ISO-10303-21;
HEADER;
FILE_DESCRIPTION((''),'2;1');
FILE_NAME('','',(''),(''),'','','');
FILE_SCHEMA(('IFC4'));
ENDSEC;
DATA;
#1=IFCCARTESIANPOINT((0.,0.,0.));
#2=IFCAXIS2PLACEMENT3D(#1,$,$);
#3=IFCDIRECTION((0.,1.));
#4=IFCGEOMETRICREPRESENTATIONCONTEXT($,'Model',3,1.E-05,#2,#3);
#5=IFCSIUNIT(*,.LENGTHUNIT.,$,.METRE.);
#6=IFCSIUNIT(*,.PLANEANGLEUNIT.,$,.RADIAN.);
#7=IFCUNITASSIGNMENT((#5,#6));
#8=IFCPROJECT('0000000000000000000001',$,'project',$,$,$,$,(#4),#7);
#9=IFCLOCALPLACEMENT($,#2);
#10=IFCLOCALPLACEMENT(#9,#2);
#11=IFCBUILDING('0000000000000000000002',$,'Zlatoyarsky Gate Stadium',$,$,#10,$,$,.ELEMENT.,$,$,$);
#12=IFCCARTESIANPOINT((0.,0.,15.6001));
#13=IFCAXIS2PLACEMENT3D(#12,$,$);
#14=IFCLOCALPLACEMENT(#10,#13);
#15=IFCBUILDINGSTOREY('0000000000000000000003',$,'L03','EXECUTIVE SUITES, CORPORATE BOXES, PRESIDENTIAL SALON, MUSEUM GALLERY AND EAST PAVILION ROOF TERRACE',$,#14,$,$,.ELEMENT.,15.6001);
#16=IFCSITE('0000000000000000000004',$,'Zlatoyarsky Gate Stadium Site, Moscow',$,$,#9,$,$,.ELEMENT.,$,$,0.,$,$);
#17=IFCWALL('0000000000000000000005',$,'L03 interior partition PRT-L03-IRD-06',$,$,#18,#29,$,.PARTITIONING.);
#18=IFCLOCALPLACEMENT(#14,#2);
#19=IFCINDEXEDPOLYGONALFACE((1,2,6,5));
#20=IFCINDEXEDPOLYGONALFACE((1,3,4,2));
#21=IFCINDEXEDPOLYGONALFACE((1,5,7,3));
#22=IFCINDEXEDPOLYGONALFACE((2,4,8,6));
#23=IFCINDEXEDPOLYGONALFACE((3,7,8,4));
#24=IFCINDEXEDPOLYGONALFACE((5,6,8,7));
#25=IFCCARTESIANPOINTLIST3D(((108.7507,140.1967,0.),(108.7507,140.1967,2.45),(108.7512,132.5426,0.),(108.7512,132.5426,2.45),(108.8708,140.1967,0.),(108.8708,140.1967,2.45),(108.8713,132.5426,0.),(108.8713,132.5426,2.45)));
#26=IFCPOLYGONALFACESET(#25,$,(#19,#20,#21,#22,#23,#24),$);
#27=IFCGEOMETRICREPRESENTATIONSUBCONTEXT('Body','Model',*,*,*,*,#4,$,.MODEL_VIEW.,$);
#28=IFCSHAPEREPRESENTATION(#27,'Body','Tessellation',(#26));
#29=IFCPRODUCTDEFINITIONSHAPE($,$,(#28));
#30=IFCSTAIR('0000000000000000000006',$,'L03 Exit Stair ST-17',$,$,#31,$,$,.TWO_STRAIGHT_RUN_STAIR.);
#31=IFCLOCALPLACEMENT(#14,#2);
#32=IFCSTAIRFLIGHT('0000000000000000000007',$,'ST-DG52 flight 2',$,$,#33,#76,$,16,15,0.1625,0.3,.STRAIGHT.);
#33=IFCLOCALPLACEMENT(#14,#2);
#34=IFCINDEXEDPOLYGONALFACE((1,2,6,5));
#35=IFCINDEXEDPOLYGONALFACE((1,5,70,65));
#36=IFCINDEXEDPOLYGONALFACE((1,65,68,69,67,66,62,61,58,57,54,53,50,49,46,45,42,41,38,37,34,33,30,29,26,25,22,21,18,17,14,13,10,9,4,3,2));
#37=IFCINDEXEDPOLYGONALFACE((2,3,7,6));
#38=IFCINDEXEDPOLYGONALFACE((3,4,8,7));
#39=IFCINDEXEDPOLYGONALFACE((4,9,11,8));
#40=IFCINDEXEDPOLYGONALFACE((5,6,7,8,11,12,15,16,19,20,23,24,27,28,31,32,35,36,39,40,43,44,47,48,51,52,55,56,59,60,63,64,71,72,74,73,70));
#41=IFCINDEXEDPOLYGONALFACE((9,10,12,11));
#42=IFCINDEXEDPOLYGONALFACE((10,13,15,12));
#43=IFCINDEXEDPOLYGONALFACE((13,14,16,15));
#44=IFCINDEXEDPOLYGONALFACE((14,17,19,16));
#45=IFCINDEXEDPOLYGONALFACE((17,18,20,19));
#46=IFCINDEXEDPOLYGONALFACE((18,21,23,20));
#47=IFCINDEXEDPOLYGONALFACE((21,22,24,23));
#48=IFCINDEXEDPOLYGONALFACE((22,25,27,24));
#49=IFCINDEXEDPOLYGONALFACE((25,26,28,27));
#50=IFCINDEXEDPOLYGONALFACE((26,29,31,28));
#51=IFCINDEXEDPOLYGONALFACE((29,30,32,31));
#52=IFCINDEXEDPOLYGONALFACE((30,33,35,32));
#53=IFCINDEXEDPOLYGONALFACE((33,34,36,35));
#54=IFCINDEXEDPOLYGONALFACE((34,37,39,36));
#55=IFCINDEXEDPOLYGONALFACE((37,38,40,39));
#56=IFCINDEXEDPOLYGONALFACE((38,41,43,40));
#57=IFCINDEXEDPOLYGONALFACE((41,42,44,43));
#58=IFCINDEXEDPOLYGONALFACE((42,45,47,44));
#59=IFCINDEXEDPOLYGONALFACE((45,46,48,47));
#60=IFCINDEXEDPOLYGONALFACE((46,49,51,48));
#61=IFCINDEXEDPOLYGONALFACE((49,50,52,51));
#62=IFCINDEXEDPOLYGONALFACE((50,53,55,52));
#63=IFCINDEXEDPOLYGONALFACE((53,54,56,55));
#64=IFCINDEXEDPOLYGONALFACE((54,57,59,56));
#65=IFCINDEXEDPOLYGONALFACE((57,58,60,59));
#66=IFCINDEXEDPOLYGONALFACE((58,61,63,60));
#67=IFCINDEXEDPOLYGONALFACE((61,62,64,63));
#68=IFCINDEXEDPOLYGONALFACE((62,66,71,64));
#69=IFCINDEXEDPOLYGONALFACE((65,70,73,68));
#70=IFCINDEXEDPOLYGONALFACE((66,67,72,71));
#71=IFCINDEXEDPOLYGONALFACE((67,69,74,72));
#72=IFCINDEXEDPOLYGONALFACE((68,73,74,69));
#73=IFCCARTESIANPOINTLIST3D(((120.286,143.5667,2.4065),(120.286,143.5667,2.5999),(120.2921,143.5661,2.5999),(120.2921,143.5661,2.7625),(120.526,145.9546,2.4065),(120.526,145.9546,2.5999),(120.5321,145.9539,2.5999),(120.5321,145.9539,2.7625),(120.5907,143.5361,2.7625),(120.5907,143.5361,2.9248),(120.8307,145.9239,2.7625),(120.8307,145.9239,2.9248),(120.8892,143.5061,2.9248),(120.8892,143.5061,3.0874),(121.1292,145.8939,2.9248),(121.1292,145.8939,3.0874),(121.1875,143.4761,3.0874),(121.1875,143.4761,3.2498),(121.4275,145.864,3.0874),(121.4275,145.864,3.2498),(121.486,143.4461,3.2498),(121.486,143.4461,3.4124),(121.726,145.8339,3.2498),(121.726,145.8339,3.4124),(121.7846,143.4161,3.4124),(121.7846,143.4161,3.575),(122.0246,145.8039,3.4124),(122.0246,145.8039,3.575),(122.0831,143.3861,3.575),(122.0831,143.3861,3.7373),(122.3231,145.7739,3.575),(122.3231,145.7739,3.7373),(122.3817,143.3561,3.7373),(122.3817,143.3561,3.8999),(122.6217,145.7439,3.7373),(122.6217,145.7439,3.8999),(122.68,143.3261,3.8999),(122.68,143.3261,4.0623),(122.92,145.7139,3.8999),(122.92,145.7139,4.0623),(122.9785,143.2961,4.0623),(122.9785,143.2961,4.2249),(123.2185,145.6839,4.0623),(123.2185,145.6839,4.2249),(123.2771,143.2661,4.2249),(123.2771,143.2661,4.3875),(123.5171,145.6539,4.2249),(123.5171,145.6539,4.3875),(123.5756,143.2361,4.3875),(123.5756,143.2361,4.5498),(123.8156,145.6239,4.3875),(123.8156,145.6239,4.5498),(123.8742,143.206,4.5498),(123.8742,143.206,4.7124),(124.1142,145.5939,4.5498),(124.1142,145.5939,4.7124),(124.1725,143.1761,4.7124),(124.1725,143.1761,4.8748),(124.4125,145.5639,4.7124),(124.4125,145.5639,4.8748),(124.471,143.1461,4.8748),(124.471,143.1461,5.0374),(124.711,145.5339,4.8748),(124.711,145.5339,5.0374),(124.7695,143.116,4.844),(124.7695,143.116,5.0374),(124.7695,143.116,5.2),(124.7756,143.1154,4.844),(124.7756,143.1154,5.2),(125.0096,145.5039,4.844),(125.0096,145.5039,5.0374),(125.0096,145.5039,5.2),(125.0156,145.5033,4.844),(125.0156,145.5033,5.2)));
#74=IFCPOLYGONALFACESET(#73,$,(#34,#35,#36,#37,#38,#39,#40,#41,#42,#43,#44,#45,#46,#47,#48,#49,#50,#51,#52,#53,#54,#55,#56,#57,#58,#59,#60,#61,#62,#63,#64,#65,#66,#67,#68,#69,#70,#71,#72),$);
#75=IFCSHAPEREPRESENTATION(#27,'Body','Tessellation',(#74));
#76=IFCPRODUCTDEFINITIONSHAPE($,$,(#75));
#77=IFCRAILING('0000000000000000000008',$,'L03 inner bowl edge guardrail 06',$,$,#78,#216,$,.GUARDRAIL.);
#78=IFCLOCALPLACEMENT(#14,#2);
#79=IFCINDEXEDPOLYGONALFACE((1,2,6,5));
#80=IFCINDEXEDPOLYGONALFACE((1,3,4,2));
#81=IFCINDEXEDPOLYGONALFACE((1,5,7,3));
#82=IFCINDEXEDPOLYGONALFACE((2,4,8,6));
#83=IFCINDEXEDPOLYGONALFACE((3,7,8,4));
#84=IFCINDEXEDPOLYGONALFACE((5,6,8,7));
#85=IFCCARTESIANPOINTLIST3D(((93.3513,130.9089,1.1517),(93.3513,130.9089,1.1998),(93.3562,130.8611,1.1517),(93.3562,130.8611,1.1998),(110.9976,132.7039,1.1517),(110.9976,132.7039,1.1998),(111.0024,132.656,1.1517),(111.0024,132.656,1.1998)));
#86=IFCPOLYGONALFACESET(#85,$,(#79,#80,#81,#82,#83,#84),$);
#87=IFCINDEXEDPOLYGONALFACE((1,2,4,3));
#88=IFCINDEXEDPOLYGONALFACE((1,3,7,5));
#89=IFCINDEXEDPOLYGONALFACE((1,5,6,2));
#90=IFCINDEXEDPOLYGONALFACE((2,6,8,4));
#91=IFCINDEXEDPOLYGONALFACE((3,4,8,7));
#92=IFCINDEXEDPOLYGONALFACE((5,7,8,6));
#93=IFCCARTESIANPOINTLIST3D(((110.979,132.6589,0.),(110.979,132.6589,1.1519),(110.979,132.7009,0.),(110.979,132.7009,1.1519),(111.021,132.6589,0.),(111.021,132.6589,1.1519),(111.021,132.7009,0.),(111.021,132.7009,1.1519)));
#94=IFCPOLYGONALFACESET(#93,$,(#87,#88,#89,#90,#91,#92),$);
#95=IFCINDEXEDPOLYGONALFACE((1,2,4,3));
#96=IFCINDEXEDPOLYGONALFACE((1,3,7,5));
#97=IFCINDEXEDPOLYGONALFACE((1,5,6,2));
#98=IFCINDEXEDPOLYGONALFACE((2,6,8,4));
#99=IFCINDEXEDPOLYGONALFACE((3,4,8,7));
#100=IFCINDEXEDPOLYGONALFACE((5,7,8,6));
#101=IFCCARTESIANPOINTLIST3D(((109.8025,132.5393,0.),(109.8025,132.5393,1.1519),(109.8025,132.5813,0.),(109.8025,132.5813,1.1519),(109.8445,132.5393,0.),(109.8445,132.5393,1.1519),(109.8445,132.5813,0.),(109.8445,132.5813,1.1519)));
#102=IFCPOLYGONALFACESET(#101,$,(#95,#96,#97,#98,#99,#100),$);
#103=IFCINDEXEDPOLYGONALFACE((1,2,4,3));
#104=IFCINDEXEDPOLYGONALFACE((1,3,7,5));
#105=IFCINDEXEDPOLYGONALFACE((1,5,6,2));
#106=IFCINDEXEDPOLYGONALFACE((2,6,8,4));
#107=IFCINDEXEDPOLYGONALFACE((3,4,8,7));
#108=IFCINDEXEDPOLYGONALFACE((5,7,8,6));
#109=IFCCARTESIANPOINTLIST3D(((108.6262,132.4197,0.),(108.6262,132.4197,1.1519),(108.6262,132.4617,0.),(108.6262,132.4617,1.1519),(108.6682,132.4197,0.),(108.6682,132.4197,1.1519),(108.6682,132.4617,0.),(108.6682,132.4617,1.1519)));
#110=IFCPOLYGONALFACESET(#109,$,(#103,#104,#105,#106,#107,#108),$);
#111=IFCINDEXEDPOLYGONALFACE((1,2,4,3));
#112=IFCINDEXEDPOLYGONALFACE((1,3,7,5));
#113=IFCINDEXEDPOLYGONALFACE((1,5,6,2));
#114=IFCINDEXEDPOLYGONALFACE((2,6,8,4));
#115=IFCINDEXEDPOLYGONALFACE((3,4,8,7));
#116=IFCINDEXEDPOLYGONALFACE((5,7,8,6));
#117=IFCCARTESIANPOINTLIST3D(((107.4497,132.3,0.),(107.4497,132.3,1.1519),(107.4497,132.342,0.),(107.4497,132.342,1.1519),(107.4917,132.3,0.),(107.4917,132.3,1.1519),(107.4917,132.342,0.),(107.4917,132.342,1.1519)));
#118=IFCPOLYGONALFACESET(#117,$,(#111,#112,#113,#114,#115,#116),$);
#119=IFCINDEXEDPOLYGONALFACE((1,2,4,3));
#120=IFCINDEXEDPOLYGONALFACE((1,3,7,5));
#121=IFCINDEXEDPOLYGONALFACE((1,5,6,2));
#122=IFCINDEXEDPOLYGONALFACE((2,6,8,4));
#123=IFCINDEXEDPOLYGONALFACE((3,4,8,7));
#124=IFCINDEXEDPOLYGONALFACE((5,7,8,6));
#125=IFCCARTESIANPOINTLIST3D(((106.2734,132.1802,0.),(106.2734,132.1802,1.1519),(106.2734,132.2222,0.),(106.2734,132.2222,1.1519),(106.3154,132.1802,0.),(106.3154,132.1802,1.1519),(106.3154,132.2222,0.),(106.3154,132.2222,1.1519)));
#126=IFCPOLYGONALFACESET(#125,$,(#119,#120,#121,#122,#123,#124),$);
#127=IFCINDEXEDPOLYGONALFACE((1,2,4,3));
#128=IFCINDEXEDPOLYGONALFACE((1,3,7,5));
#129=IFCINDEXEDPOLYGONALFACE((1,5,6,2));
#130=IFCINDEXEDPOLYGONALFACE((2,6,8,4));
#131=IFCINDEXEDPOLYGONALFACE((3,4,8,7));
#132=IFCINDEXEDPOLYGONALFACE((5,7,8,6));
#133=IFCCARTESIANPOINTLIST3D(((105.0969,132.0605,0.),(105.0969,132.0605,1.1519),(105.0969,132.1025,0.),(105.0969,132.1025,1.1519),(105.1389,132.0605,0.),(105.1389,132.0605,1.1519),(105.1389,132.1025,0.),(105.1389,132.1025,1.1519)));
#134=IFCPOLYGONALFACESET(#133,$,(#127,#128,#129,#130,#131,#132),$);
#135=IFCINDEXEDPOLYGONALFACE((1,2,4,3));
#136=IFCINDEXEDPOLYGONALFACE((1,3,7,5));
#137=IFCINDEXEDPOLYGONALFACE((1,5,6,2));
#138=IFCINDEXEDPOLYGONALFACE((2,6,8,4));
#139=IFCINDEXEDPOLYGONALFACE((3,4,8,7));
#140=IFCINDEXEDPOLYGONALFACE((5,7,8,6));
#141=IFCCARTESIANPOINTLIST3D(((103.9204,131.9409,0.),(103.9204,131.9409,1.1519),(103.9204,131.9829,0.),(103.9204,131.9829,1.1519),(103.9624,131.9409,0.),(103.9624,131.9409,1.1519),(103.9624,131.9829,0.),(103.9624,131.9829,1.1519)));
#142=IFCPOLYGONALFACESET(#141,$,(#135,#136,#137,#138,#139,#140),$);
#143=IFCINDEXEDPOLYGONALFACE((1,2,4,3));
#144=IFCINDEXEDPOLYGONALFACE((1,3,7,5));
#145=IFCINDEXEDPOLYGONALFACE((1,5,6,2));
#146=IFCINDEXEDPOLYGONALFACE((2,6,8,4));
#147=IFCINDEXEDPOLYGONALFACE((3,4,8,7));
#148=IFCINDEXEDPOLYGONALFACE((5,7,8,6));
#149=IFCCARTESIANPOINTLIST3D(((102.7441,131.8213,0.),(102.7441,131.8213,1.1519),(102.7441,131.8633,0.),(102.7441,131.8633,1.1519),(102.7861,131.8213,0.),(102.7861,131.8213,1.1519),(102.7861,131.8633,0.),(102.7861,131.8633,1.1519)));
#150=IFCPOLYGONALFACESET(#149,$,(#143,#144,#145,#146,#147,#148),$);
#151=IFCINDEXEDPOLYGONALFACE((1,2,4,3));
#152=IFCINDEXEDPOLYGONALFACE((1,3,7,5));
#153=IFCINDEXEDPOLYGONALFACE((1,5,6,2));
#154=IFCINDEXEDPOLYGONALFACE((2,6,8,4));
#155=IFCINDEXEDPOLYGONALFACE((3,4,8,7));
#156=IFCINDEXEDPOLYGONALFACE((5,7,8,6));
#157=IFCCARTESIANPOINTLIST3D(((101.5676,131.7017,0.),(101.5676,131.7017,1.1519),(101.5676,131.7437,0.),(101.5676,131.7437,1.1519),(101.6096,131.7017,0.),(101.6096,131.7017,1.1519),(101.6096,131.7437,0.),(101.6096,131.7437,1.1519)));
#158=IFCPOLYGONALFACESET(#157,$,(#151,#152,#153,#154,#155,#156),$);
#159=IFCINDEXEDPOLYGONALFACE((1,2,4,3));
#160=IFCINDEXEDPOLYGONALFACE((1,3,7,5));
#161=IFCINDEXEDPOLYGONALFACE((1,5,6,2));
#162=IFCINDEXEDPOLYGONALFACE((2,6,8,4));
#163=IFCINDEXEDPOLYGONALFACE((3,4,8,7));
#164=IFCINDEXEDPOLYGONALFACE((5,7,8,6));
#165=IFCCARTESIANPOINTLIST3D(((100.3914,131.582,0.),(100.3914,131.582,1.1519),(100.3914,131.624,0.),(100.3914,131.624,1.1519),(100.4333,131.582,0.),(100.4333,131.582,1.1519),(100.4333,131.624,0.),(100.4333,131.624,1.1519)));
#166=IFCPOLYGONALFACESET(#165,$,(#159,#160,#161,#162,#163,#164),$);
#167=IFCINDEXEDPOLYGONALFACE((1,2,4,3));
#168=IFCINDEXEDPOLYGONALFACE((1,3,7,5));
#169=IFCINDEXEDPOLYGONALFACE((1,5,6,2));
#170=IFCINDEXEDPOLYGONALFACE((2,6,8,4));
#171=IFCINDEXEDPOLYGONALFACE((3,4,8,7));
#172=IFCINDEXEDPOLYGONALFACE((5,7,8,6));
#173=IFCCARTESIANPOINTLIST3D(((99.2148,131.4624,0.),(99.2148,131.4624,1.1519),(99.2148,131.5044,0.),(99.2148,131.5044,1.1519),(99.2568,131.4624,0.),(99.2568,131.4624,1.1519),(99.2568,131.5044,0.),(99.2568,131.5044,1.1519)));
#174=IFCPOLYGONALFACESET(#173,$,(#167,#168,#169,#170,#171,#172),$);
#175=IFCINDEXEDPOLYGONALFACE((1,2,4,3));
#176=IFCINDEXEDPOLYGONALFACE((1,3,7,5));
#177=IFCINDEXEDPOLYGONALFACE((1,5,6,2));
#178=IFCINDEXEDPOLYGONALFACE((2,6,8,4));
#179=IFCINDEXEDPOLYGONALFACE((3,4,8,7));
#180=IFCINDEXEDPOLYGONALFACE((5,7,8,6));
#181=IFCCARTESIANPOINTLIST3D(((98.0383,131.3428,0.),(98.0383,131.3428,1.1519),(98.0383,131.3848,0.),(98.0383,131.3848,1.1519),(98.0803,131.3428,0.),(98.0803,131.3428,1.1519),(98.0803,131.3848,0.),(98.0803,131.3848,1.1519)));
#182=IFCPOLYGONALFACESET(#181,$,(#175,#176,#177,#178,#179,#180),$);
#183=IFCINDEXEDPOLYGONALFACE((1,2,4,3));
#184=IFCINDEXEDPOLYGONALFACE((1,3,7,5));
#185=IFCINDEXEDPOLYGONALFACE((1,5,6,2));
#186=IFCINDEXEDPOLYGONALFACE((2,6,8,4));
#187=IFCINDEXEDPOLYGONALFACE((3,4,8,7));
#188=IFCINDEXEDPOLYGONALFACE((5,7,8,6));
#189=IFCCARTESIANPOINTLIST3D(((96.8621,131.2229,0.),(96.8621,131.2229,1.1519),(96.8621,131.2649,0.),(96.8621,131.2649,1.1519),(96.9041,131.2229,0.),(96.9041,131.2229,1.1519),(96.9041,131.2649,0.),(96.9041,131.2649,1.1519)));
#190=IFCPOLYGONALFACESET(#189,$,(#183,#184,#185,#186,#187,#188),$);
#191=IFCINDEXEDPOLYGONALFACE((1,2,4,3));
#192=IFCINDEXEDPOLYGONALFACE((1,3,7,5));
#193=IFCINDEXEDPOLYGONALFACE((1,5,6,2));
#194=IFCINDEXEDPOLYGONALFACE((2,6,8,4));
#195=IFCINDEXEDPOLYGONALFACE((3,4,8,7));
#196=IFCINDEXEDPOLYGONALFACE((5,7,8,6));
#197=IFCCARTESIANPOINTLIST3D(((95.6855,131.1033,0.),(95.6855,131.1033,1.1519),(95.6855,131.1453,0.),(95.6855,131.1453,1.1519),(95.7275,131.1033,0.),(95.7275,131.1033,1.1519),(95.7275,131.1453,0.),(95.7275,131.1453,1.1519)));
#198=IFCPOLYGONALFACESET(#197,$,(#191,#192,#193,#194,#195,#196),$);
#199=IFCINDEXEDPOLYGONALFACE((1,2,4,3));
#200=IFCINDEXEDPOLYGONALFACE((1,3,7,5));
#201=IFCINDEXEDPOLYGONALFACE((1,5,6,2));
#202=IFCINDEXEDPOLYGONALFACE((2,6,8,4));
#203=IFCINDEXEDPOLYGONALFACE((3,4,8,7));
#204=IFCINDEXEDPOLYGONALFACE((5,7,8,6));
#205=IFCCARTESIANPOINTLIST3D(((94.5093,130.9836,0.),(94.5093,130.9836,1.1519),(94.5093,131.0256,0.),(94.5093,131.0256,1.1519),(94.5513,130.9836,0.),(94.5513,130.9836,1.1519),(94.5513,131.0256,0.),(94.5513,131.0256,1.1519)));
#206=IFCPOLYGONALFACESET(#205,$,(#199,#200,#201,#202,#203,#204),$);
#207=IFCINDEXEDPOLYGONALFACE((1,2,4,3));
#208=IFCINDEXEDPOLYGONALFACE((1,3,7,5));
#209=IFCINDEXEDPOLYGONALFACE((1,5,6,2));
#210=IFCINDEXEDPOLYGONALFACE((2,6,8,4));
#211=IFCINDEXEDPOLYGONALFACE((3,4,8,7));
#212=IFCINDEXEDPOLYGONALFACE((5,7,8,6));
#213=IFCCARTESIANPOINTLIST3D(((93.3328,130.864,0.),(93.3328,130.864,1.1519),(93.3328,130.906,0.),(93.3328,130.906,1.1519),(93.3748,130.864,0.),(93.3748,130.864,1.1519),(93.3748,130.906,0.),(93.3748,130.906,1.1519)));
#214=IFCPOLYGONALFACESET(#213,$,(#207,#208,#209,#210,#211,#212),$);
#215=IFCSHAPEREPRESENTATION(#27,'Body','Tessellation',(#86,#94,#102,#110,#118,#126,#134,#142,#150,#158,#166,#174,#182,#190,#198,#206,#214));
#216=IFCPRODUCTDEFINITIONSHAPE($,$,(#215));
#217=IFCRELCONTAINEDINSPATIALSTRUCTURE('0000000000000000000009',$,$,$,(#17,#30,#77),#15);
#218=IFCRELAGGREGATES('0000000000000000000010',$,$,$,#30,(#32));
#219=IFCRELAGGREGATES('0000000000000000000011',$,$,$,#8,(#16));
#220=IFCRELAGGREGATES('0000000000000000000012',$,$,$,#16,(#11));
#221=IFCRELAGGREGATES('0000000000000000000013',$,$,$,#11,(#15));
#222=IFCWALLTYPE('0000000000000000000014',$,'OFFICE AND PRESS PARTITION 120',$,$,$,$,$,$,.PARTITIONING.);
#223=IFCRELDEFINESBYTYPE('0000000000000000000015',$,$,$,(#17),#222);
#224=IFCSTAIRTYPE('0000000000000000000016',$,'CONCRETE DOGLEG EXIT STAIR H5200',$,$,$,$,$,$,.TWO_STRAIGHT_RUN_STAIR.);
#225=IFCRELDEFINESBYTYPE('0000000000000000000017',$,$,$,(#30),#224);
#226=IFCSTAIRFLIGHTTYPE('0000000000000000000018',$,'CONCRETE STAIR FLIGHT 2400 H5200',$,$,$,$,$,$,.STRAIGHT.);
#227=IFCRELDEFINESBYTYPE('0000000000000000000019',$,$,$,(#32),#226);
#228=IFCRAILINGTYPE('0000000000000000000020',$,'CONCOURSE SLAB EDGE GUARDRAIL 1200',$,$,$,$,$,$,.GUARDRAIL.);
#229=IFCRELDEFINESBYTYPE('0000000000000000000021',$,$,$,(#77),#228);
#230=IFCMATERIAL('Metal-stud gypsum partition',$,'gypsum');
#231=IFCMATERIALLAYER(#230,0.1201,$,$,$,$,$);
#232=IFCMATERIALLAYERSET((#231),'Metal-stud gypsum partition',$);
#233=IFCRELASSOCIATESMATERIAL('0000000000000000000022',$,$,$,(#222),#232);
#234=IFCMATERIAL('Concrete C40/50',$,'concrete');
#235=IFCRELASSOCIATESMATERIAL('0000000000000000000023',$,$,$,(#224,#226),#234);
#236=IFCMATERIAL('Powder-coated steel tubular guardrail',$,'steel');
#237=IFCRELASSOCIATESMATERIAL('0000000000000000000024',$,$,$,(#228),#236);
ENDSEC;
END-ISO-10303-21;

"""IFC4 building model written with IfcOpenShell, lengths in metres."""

from ifc_helpers import new_model, si_unit, direction, frame, frame_2d, origin, origin_2d, place, context, subcontext, project, spatial, polyline, rectangle, outline, extrude, material, layer, layer_set, type_object, element, aggregate, save


model = new_model("IFC4")

# Units and contexts
model_context = context("Model", 3, precision=1e-05, world=origin(), true_north=direction((0.0, 1.0)))
body_context = subcontext(model_context, "Body", "Model", "MODEL_VIEW")
ifc_project = project(units=[si_unit("LENGTHUNIT", "METRE"), si_unit("PLANEANGLEUNIT", "RADIAN")], contexts=[model_context])

# Site, building, storey
site_placement = place(None, origin())
site = spatial("IfcSite", under=ifc_project, at=site_placement, Name="Zlatoyarsky Gate Stadium Site, Moscow", CompositionType="ELEMENT", RefElevation=0.0)
building_placement = place(site_placement, origin())
building = spatial("IfcBuilding", under=site, at=building_placement, Name="Zlatoyarsky Gate Stadium", CompositionType="ELEMENT")
storey_placement = place(building_placement, frame((0.0, 0.0, 15.6001)))
storey = spatial("IfcBuildingStorey", under=building, at=storey_placement, Name="L03", Description="EXECUTIVE SUITES, CORPORATE BOXES, PRESIDENTIAL SALON, MUSEUM GALLERY AND EAST PAVILION ROOF TERRACE", CompositionType="ELEMENT", Elevation=15.6001)

# Shared definitions
ifc_material_1 = material(Name="Concrete C40/50", Category="concrete")

# Shared definitions
ifc_material_2 = material(Name="Metal-stud gypsum partition", Category="gypsum")

# Wall
ifc_layer_1 = layer(ifc_material_2, 0.1201)
ifc_layer_set_1 = layer_set([ifc_layer_1], Name="Metal-stud gypsum partition")
wall_type_1 = type_object("IfcWallType", Name="OFFICE AND PRESS PARTITION 120", PredefinedType="PARTITIONING", material=ifc_layer_set_1)
wall_1_placement = place(storey_placement, frame((108.8113, 132.5425, 0.0), z_axis=(0.0, 0.0, 1.0), x_axis=(-0.000064, 1.0, 0.0)))
element("IfcWall", 1, at=wall_1_placement, inside=storey, type_object=wall_type_1, Name="L03 interior partition PRT-L03-IRD-06", PredefinedType="PARTITIONING", context=body_context, shape_type="SweptSolid", body=[
    extrude(rectangle(XDim=7.6541, YDim=0.1201, at=frame_2d((3.8271, 0.0))), origin(), (0.0, 0.0, 1.0), 2.45),
])

# Stair, stair flight
stair_type = type_object("IfcStairType", Name="CONCRETE DOGLEG EXIT STAIR H5200", PredefinedType="TWO_STRAIGHT_RUN_STAIR", material=ifc_material_1)
stair_placement = place(storey_placement, origin())
stair = element("IfcStair", 2, at=stair_placement, inside=storey, type_object=stair_type, Name="L03 Exit Stair ST-17", PredefinedType="TWO_STRAIGHT_RUN_STAIR")
stair_flight_type = type_object("IfcStairFlightType", Name="CONCRETE STAIR FLIGHT 2400 H5200", PredefinedType="STRAIGHT", material=ifc_material_1)
stair_flight_placement = place(storey_placement, frame((120.4121, 144.76, 2.5999), z_axis=(0.0, 0.0, 1.0), x_axis=(0.994987, -0.100006, 0.0)))
stair_flight = element("IfcStairFlight", 3, at=stair_flight_placement, type_object=stair_flight_type, Name="ST-DG52 flight 2", NumberOfRisers=16, NumberOfTreads=15, PredefinedType="STRAIGHT", RiserHeight=0.1625, TreadLength=0.3, context=body_context, shape_type="SweptSolid", body=[
    extrude(outline(polyline([(-0.0061, -0.1934), (-0.0061, 0.0), (0.0, 0.0), (0.0, 0.1626), (0.3, 0.1626), (0.3, 0.325), (0.6001, 0.325), (0.6001, 0.4875), (0.8999, 0.4875), (0.8999, 0.6499), (1.2, 0.6499), (1.2, 0.8125), (1.5, 0.8125), (1.5, 0.9751), (1.8, 0.9751), (1.8, 1.1375), (2.1001, 1.1375), (2.1001, 1.3), (2.3999, 1.3), (2.3999, 1.4624), (2.7, 1.4624), (2.7, 1.625), (3.0, 1.625), (3.0, 1.7876), (3.3, 1.7876), (3.3, 1.95), (3.6001, 1.95), (3.6001, 2.1125), (3.8999, 2.1125), (3.8999, 2.2749), (4.2, 2.2749), (4.2, 2.4375), (4.5, 2.4375), (4.5, 2.6001), (4.5061, 2.6001), (4.5061, 2.2441), (4.5, 2.2441), (-0.0061, -0.1934)])), frame((0.0, 1.2, 0.0), z_axis=(0.0, -1.0, 0.0), x_axis=(1.0, 0.0, 0.0)), (0.0, 0.0, 1.0), 2.3999),
])
aggregate(stair, [stair_flight])

# Railing
ifc_material_3 = material(Name="Powder-coated steel tubular guardrail", Category="steel")
railing_type_1 = type_object("IfcRailingType", Name="CONCOURSE SLAB EDGE GUARDRAIL 1200", PredefinedType="GUARDRAIL", material=ifc_material_3)
railing_1_placement = place(storey_placement, frame((111.0, 132.6799, 0.0)))
element("IfcRailing", 4, at=railing_1_placement, inside=storey, type_object=railing_type_1, Name="L03 inner bowl edge guardrail 06", PredefinedType="GUARDRAIL", context=body_context, shape_type="SweptSolid", body=[
    extrude(rectangle(XDim=0.0481, YDim=0.0481, at=origin_2d()), frame((0.0, 0.0, 1.1758), z_axis=(-0.994867, -0.101195, 0.0), x_axis=(0.101195, -0.994867, 0.0)), (0.0, 0.0, 1.0), 17.7373),
    extrude(rectangle(XDim=0.042, YDim=0.042, at=origin_2d()), origin(), (0.0, 0.0, 1.0), 1.1519),
    extrude(rectangle(XDim=0.042, YDim=0.042, at=origin_2d()), frame((-1.1765, -0.1196, 0.0)), (0.0, 0.0, 1.0), 1.1519),
    extrude(rectangle(XDim=0.042, YDim=0.042, at=origin_2d()), frame((-2.3528, -0.2393, 0.0)), (0.0, 0.0, 1.0), 1.1519),
    extrude(rectangle(XDim=0.042, YDim=0.042, at=origin_2d()), frame((-3.5293, -0.3589, 0.0)), (0.0, 0.0, 1.0), 1.1519),
    extrude(rectangle(XDim=0.042, YDim=0.042, at=origin_2d()), frame((-4.7056, -0.4788, 0.0)), (0.0, 0.0, 1.0), 1.1519),
    extrude(rectangle(XDim=0.042, YDim=0.042, at=origin_2d()), frame((-5.8821, -0.5984, 0.0)), (0.0, 0.0, 1.0), 1.1519),
    extrude(rectangle(XDim=0.042, YDim=0.042, at=origin_2d()), frame((-7.0586, -0.718, 0.0)), (0.0, 0.0, 1.0), 1.1519),
    extrude(rectangle(XDim=0.042, YDim=0.042, at=origin_2d()), frame((-8.2349, -0.8376, 0.0)), (0.0, 0.0, 1.0), 1.1519),
    extrude(rectangle(XDim=0.042, YDim=0.042, at=origin_2d()), frame((-9.4114, -0.9573, 0.0)), (0.0, 0.0, 1.0), 1.1519),
    extrude(rectangle(XDim=0.042, YDim=0.042, at=origin_2d()), frame((-10.5876, -1.0769, 0.0)), (0.0, 0.0, 1.0), 1.1519),
    extrude(rectangle(XDim=0.042, YDim=0.042, at=origin_2d()), frame((-11.7642, -1.1965, 0.0)), (0.0, 0.0, 1.0), 1.1519),
    extrude(rectangle(XDim=0.042, YDim=0.042, at=origin_2d()), frame((-12.9407, -1.3162, 0.0)), (0.0, 0.0, 1.0), 1.1519),
    extrude(rectangle(XDim=0.042, YDim=0.042, at=origin_2d()), frame((-14.1169, -1.436, 0.0)), (0.0, 0.0, 1.0), 1.1519),
    extrude(rectangle(XDim=0.042, YDim=0.042, at=origin_2d()), frame((-15.2935, -1.5557, 0.0)), (0.0, 0.0, 1.0), 1.1519),
    extrude(rectangle(XDim=0.042, YDim=0.042, at=origin_2d()), frame((-16.4697, -1.6753, 0.0)), (0.0, 0.0, 1.0), 1.1519),
    extrude(rectangle(XDim=0.042, YDim=0.042, at=origin_2d()), frame((-17.6462, -1.7949, 0.0)), (0.0, 0.0, 1.0), 1.1519),
])

save(model, "model.ifc")
